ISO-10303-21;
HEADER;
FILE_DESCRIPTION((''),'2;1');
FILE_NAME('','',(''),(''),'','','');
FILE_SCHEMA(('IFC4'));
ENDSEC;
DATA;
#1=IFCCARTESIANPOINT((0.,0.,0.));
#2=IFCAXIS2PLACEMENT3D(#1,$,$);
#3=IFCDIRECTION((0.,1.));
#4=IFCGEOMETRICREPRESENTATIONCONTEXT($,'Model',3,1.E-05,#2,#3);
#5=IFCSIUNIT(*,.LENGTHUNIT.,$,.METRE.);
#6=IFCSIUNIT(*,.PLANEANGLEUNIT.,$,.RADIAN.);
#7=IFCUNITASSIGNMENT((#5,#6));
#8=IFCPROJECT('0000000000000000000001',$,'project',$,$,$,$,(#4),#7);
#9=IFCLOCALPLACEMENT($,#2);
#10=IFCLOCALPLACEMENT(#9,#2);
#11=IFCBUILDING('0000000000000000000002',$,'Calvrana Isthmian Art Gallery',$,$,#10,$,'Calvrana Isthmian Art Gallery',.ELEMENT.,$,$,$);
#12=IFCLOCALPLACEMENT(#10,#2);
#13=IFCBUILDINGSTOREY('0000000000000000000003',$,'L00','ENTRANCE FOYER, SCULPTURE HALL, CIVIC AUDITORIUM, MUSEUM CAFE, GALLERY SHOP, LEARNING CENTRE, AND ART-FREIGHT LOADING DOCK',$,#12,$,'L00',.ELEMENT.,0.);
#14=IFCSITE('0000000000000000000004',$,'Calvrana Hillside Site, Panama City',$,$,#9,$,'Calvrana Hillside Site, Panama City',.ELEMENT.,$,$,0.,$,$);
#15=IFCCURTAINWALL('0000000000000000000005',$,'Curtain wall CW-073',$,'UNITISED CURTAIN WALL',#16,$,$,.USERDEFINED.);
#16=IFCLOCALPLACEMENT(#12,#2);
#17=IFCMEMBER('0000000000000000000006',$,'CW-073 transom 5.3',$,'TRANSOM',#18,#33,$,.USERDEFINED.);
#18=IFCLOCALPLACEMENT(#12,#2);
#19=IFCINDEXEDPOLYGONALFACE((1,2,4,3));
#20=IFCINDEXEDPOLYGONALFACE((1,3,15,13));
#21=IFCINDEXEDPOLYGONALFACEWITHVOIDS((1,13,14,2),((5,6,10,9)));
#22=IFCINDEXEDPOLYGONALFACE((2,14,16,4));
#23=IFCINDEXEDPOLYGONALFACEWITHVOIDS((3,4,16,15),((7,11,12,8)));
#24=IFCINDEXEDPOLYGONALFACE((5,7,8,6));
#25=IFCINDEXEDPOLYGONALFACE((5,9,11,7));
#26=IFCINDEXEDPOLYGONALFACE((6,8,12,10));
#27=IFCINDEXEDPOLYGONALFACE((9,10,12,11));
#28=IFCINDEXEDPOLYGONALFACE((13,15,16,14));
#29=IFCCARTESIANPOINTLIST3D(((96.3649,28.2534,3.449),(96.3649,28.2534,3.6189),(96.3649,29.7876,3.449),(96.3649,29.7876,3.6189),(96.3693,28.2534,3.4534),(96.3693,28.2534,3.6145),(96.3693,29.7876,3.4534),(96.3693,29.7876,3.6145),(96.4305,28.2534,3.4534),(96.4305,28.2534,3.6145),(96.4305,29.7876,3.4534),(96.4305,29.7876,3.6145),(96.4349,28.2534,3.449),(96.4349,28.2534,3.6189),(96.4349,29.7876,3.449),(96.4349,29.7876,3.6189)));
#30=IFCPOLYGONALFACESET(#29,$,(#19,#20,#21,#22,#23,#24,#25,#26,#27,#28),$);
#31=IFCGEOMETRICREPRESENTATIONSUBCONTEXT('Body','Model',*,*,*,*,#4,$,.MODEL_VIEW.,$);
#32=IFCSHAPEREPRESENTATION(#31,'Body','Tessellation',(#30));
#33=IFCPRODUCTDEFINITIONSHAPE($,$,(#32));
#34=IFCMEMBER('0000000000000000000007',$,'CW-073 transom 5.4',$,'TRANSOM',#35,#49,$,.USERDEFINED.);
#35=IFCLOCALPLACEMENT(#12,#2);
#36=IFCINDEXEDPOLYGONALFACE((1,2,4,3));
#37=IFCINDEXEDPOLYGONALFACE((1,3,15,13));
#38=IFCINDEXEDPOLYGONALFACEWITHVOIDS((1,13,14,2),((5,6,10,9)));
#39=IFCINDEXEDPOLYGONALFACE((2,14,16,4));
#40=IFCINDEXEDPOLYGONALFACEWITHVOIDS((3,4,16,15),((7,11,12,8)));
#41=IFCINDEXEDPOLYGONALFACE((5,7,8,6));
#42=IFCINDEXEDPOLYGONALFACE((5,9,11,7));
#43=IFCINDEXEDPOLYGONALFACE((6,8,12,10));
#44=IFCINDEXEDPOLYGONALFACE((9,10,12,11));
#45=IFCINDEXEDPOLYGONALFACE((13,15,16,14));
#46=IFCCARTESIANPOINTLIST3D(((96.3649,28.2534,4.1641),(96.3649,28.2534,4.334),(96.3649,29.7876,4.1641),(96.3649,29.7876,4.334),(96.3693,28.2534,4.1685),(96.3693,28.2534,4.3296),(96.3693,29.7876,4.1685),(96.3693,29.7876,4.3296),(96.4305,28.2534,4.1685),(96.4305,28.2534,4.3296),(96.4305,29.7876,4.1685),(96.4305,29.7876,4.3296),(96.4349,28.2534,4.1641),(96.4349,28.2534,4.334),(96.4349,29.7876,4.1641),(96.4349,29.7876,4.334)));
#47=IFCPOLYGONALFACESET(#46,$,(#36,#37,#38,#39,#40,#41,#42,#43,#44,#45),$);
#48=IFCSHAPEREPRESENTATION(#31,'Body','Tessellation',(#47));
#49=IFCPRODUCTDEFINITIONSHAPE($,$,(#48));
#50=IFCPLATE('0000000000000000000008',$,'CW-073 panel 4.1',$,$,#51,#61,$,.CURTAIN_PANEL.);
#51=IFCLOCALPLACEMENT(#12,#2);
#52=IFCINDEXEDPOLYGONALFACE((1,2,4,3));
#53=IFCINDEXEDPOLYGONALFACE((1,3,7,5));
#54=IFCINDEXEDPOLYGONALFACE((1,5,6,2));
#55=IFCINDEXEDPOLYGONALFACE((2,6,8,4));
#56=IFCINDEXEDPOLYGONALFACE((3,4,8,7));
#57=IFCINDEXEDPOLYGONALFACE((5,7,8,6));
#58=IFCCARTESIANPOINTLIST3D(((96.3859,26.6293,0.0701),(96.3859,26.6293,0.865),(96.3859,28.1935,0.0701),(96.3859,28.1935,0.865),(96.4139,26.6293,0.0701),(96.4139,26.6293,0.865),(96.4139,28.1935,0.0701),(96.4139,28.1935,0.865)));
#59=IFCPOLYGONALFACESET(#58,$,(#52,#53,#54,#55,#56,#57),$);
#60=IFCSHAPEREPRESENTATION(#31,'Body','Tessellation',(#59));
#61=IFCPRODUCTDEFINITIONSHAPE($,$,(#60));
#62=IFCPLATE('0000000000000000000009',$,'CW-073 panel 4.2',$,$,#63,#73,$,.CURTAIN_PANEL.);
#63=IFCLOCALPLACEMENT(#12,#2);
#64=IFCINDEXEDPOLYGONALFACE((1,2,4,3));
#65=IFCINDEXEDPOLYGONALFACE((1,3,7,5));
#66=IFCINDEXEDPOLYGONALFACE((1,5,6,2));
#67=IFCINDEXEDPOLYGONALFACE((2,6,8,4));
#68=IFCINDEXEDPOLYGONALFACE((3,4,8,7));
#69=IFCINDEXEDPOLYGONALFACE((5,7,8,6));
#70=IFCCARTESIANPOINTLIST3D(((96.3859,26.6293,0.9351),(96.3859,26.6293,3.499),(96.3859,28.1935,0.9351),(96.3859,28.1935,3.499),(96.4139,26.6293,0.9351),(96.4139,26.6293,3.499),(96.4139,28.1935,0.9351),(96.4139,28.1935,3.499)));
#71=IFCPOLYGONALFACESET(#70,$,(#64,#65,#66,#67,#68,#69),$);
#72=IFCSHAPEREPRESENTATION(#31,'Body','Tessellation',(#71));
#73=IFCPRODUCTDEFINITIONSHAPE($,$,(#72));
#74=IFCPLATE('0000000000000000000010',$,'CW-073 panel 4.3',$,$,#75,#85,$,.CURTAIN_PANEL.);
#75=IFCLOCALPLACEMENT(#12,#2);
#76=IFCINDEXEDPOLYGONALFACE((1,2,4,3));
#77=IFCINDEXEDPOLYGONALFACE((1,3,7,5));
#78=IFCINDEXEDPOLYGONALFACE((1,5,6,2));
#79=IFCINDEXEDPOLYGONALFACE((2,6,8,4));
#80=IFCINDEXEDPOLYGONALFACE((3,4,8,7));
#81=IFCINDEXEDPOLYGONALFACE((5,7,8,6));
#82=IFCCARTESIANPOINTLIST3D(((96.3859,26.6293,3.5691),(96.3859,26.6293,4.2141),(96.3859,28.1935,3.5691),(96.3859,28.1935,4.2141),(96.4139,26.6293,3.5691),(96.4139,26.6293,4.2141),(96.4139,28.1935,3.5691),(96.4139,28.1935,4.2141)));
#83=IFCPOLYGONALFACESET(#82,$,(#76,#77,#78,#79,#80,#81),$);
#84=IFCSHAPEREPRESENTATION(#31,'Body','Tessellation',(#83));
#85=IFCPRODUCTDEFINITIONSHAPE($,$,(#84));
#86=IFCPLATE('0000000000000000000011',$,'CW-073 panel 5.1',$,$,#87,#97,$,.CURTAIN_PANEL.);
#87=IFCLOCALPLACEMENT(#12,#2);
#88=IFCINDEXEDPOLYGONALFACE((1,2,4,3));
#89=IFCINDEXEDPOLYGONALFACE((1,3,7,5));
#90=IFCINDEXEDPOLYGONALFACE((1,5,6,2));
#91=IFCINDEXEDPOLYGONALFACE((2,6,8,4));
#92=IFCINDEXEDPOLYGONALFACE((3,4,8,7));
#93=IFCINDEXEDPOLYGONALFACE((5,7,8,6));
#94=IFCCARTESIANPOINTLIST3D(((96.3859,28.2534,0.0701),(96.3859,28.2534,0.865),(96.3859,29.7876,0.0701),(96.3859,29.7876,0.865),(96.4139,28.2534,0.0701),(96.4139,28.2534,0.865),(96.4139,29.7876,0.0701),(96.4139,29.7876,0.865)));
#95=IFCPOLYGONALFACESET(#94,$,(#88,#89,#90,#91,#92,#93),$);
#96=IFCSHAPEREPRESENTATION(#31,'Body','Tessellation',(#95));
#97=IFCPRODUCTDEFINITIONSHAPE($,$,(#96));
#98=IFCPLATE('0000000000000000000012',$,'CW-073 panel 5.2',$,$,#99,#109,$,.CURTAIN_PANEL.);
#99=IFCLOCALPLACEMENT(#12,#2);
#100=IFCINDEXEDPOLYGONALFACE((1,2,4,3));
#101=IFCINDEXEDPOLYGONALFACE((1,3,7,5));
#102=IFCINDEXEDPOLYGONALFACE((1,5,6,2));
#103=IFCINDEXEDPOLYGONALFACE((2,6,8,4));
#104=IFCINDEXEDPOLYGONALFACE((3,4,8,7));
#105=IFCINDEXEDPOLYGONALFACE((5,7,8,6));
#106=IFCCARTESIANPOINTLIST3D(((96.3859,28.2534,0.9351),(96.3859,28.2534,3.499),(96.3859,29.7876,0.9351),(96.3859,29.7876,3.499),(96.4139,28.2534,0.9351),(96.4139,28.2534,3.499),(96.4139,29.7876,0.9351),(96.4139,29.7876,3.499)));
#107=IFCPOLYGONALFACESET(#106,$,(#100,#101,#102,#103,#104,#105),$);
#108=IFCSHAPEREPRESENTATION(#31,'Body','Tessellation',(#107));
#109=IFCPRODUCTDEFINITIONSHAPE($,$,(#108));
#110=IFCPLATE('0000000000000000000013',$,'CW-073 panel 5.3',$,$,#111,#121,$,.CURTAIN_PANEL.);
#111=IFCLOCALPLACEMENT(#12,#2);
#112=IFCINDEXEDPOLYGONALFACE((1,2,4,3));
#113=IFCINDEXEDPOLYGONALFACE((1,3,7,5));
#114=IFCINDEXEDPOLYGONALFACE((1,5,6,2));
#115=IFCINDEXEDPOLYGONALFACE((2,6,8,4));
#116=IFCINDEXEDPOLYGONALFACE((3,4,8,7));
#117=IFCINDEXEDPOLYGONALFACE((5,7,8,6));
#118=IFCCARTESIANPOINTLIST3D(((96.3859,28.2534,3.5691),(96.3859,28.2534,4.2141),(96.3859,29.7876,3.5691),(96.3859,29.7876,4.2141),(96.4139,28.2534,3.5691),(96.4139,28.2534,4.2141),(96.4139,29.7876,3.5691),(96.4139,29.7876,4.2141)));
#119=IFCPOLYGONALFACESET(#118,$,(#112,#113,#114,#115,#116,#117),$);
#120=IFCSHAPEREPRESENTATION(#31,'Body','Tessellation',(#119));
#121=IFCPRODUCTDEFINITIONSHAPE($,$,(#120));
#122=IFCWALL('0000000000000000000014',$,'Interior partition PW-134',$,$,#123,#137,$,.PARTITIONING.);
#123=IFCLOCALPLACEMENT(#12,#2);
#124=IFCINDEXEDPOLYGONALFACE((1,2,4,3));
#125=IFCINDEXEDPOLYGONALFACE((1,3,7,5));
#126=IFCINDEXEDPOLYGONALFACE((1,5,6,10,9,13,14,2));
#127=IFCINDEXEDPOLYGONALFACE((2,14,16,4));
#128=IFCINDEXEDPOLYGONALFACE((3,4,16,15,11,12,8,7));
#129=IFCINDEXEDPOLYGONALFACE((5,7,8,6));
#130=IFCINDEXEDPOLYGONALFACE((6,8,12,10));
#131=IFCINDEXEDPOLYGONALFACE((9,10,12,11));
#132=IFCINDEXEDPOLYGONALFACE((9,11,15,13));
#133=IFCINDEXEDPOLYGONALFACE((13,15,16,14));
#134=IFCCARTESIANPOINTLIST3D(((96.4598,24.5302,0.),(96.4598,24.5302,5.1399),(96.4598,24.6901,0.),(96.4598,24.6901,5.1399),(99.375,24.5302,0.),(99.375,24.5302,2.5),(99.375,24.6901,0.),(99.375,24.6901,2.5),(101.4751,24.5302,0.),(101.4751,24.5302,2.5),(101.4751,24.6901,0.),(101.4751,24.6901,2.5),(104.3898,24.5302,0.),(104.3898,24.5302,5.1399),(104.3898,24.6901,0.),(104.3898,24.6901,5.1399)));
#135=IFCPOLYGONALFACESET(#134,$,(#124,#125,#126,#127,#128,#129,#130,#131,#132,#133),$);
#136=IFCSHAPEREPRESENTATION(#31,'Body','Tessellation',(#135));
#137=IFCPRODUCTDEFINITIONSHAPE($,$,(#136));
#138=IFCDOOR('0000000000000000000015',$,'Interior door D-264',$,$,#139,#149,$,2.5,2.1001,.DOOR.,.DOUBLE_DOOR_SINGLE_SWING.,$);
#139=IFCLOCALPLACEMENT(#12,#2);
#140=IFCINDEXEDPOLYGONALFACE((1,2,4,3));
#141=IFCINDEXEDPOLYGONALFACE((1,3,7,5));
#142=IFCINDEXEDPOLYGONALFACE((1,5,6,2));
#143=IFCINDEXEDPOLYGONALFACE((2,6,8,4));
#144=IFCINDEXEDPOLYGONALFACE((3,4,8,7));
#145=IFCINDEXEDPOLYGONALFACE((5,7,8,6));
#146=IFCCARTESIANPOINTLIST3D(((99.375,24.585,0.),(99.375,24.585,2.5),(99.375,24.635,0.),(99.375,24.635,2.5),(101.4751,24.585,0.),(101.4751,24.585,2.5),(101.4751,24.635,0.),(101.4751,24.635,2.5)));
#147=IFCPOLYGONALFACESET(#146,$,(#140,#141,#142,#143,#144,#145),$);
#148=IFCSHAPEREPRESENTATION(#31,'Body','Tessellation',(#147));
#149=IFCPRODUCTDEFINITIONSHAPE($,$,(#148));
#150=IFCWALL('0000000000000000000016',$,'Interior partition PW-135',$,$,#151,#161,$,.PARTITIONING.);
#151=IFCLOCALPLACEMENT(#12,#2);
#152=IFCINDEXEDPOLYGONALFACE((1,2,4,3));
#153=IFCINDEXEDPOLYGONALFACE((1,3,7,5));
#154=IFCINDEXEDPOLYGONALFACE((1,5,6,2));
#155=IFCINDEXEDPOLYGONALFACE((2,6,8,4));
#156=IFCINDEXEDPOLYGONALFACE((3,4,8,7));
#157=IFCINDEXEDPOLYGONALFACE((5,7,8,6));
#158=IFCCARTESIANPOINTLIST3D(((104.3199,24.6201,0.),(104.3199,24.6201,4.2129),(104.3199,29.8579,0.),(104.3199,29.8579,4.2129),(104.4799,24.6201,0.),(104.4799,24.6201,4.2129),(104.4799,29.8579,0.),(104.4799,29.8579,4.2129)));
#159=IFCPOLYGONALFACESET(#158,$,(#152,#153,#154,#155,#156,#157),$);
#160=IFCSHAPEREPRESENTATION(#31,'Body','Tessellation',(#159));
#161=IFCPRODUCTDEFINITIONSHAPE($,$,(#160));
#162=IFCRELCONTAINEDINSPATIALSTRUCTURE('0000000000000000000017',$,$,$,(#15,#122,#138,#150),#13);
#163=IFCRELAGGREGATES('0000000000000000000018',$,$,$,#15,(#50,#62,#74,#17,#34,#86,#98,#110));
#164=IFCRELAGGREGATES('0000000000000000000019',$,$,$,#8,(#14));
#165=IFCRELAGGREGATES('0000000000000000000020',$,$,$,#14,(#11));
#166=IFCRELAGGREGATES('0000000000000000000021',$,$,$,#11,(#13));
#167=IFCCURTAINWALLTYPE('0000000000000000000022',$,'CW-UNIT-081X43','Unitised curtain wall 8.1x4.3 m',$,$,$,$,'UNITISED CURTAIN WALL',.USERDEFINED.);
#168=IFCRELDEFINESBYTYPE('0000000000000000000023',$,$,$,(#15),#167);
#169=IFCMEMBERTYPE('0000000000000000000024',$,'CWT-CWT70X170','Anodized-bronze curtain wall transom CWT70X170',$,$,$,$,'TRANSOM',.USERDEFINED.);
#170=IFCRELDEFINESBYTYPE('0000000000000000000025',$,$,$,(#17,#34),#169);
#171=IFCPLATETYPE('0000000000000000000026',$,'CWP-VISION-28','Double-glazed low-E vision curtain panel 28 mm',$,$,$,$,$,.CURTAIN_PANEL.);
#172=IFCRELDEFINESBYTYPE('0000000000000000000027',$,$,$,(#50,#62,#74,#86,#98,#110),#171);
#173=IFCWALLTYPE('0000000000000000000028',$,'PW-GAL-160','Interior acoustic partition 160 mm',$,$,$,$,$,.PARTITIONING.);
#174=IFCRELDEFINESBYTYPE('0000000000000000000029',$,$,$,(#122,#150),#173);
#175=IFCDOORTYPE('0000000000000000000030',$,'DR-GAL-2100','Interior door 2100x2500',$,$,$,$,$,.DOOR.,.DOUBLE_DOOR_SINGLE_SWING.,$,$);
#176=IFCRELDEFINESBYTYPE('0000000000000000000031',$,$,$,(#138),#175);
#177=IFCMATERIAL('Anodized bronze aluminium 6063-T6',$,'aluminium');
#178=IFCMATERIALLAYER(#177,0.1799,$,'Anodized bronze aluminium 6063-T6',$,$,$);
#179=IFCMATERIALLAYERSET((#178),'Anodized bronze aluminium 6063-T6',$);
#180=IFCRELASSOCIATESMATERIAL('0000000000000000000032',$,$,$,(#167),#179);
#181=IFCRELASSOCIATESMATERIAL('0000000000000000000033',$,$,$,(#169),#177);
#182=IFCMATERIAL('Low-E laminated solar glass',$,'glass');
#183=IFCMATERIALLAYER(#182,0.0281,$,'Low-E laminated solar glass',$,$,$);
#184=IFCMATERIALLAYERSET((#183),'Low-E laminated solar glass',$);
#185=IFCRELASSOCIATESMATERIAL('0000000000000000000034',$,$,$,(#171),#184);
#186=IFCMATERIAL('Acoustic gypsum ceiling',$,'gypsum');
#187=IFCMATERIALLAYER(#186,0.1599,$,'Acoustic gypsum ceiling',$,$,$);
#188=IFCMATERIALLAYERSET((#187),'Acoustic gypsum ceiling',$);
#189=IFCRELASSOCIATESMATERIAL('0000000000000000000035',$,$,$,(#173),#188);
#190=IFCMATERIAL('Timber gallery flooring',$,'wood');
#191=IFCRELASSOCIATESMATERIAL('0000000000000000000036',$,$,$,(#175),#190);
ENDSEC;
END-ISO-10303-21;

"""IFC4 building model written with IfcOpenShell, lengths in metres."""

from ifc_helpers import new_model, si_unit, direction, frame, frame_2d, origin, origin_2d, place, context, subcontext, project, spatial, rectangle, hollow_rectangle, extrude, material, layer, layer_set, material_profile, profile_set, type_object, element, fill, aggregate, save


model = new_model("IFC4")

# Units and contexts
model_context = context("Model", 3, precision=1e-05, world=origin(), true_north=direction((0.0, 1.0)))
body_context = subcontext(model_context, "Body", "Model", "MODEL_VIEW")
ifc_project = project(units=[si_unit("LENGTHUNIT", "METRE"), si_unit("PLANEANGLEUNIT", "RADIAN")], contexts=[model_context])

# Site, building, storey
site_placement = place(None, origin())
site = spatial("IfcSite", under=ifc_project, at=site_placement, Name="Calvrana Hillside Site, Panama City", LongName="Calvrana Hillside Site, Panama City", CompositionType="ELEMENT", RefElevation=0.0)
building_placement = place(site_placement, origin())
building = spatial("IfcBuilding", under=site, at=building_placement, Name="Calvrana Isthmian Art Gallery", LongName="Calvrana Isthmian Art Gallery", CompositionType="ELEMENT")
storey_placement = place(building_placement, origin())
storey = spatial("IfcBuildingStorey", under=building, at=storey_placement, Name="L00", Description="ENTRANCE FOYER, SCULPTURE HALL, CIVIC AUDITORIUM, MUSEUM CAFE, GALLERY SHOP, LEARNING CENTRE, AND ART-FREIGHT LOADING DOCK", LongName="L00", CompositionType="ELEMENT", Elevation=0.0)

# Curtain wall, members, plates
ifc_material_1 = material(Name="Anodized bronze aluminium 6063-T6", Category="aluminium")
ifc_layer_1 = layer(ifc_material_1, 0.1799, Name="Anodized bronze aluminium 6063-T6")
ifc_layer_set_1 = layer_set([ifc_layer_1], Name="Anodized bronze aluminium 6063-T6")
curtain_wall_type = type_object("IfcCurtainWallType", Name="CW-UNIT-081X43", Description="Unitised curtain wall 8.1x4.3 m", ElementType="UNITISED CURTAIN WALL", PredefinedType="USERDEFINED", material=ifc_layer_set_1)
curtain_wall_placement = place(storey_placement, origin())
curtain_wall = element("IfcCurtainWall", 1, at=curtain_wall_placement, inside=storey, type_object=curtain_wall_type, Name="Curtain wall CW-073", ObjectType="UNITISED CURTAIN WALL", PredefinedType="USERDEFINED")
ifc_material_profile_1 = material_profile(ifc_material_1, hollow_rectangle(XDim=0.0701, YDim=0.1699, WallThickness=0.0044, at=origin_2d()), Name="CWT70X170")
ifc_profile_set_1 = profile_set([ifc_material_profile_1], Name="Anodized bronze aluminium 6063-T6")
member_type_1 = type_object("IfcMemberType", Name="CWT-CWT70X170", Description="Anodized-bronze curtain wall transom CWT70X170", ElementType="TRANSOM", PredefinedType="USERDEFINED", material=ifc_profile_set_1)
member_1_placement = place(storey_placement, frame((96.3999, 28.2534, 3.5339), z_axis=(0.0, 1.0, 0.0), x_axis=(-1.0, 0.0, 0.0)))
member_1 = element("IfcMember", 2, at=member_1_placement, type_object=member_type_1, Name="CW-073 transom 5.3", ObjectType="TRANSOM", PredefinedType="USERDEFINED", context=body_context, shape_type="SweptSolid", body=[
    extrude(hollow_rectangle(XDim=0.0701, YDim=0.1699, WallThickness=0.0044, at=origin_2d()), origin(), (0.0, 0.0, 1.0), 1.5342),
])
member_2_placement = place(storey_placement, frame((96.3999, 28.2534, 4.249), z_axis=(0.0, 1.0, 0.0), x_axis=(-1.0, 0.0, 0.0)))
member_2 = element("IfcMember", 3, at=member_2_placement, type_object=member_type_1, Name="CW-073 transom 5.4", ObjectType="TRANSOM", PredefinedType="USERDEFINED", context=body_context, shape_type="SweptSolid", body=[
    extrude(hollow_rectangle(XDim=0.0701, YDim=0.1699, WallThickness=0.0044, at=origin_2d()), origin(), (0.0, 0.0, 1.0), 1.5342),
])
ifc_material_2 = material(Name="Low-E laminated solar glass", Category="glass")
ifc_layer_2 = layer(ifc_material_2, 0.0281, Name="Low-E laminated solar glass")
ifc_layer_set_2 = layer_set([ifc_layer_2], Name="Low-E laminated solar glass")
plate_type = type_object("IfcPlateType", Name="CWP-VISION-28", Description="Double-glazed low-E vision curtain panel 28 mm", PredefinedType="CURTAIN_PANEL", material=ifc_layer_set_2)
plate_1_placement = place(storey_placement, frame((96.3999, 27.4114, 0.0701), z_axis=(0.0, 0.0, 1.0), x_axis=(0.0, 1.0, 0.0)))
plate_1 = element("IfcPlate", 4, at=plate_1_placement, type_object=plate_type, Name="CW-073 panel 4.1", PredefinedType="CURTAIN_PANEL", context=body_context, shape_type="SweptSolid", body=[
    extrude(rectangle(XDim=1.5642, YDim=0.0281, at=origin_2d()), origin(), (0.0, 0.0, 1.0), 0.7949),
])
plate_2_placement = place(storey_placement, frame((96.3999, 27.4114, 0.9351), z_axis=(0.0, 0.0, 1.0), x_axis=(0.0, 1.0, 0.0)))
plate_2 = element("IfcPlate", 5, at=plate_2_placement, type_object=plate_type, Name="CW-073 panel 4.2", PredefinedType="CURTAIN_PANEL", context=body_context, shape_type="SweptSolid", body=[
    extrude(rectangle(XDim=1.5642, YDim=0.0281, at=origin_2d()), origin(), (0.0, 0.0, 1.0), 2.564),
])
plate_3_placement = place(storey_placement, frame((96.3999, 27.4114, 3.5691), z_axis=(0.0, 0.0, 1.0), x_axis=(0.0, 1.0, 0.0)))
plate_3 = element("IfcPlate", 6, at=plate_3_placement, type_object=plate_type, Name="CW-073 panel 4.3", PredefinedType="CURTAIN_PANEL", context=body_context, shape_type="SweptSolid", body=[
    extrude(rectangle(XDim=1.5642, YDim=0.0281, at=origin_2d()), origin(), (0.0, 0.0, 1.0), 0.645),
])
plate_4_placement = place(storey_placement, frame((96.3999, 29.0205, 0.0701), z_axis=(0.0, 0.0, 1.0), x_axis=(0.0, 1.0, 0.0)))
plate_4 = element("IfcPlate", 7, at=plate_4_placement, type_object=plate_type, Name="CW-073 panel 5.1", PredefinedType="CURTAIN_PANEL", context=body_context, shape_type="SweptSolid", body=[
    extrude(rectangle(XDim=1.5342, YDim=0.0281, at=origin_2d()), origin(), (0.0, 0.0, 1.0), 0.7949),
])
plate_5_placement = place(storey_placement, frame((96.3999, 29.0205, 0.9351), z_axis=(0.0, 0.0, 1.0), x_axis=(0.0, 1.0, 0.0)))
plate_5 = element("IfcPlate", 8, at=plate_5_placement, type_object=plate_type, Name="CW-073 panel 5.2", PredefinedType="CURTAIN_PANEL", context=body_context, shape_type="SweptSolid", body=[
    extrude(rectangle(XDim=1.5342, YDim=0.0281, at=origin_2d()), origin(), (0.0, 0.0, 1.0), 2.564),
])
plate_6_placement = place(storey_placement, frame((96.3999, 29.0205, 3.5691), z_axis=(0.0, 0.0, 1.0), x_axis=(0.0, 1.0, 0.0)))
plate_6 = element("IfcPlate", 9, at=plate_6_placement, type_object=plate_type, Name="CW-073 panel 5.3", PredefinedType="CURTAIN_PANEL", context=body_context, shape_type="SweptSolid", body=[
    extrude(rectangle(XDim=1.5342, YDim=0.0281, at=origin_2d()), origin(), (0.0, 0.0, 1.0), 0.645),
])
aggregate(curtain_wall, [plate_1, plate_2, plate_3, member_1, member_2, plate_4, plate_5, plate_6])

# Wall, opening, door
ifc_material_3 = material(Name="Acoustic gypsum ceiling", Category="gypsum")
ifc_layer_3 = layer(ifc_material_3, 0.1599, Name="Acoustic gypsum ceiling")
ifc_layer_set_3 = layer_set([ifc_layer_3], Name="Acoustic gypsum ceiling")
wall_type = type_object("IfcWallType", Name="PW-GAL-160", Description="Interior acoustic partition 160 mm", PredefinedType="PARTITIONING", material=ifc_layer_set_3)
wall_1_placement = place(storey_placement, frame((96.46, 24.6101, 0.0), z_axis=(0.0, 0.0, 1.0), x_axis=(1.0, 0.0, 0.0)))
wall_1 = element("IfcWall", 10, at=wall_1_placement, inside=storey, type_object=wall_type, Name="Interior partition PW-134", PredefinedType="PARTITIONING", context=body_context, shape_type="SweptSolid", body=[
    extrude(rectangle(XDim=7.9299, YDim=0.1599, at=frame_2d((3.9648, 0.0))), origin(), (0.0, 0.0, 1.0), 5.1399),
])
opening_1_placement = place(wall_1_placement, frame((2.915, 0.0, 0.0)))
opening_1 = element("IfcOpeningElement", 11, at=opening_1_placement, cuts=wall_1, PredefinedType="OPENING", context=body_context, shape_type="SweptSolid", body=[
    extrude(rectangle(XDim=2.1001, YDim=2.5, at=frame_2d((1.05, 1.25))), frame((0.0, 0.0903, 0.0), z_axis=(0.0, -1.0, 0.0), x_axis=(1.0, 0.0, 0.0)), (0.0, 0.0, 1.0), 0.1804),
])
ifc_material_4 = material(Name="Timber gallery flooring", Category="wood")
door_type_1 = type_object("IfcDoorType", Name="DR-GAL-2100", Description="Interior door 2100x2500", OperationType="DOUBLE_DOOR_SINGLE_SWING", PredefinedType="DOOR", material=ifc_material_4)
door_1_placement = place(opening_1_placement, origin())
door_1 = element("IfcDoor", 12, at=door_1_placement, inside=storey, type_object=door_type_1, Name="Interior door D-264", OperationType="DOUBLE_DOOR_SINGLE_SWING", OverallHeight=2.5, OverallWidth=2.1001, PredefinedType="DOOR", context=body_context, shape_type="SweptSolid", body=[
    extrude(rectangle(XDim=2.1001, YDim=2.5, at=frame_2d((1.05, 1.25))), frame((0.0, 0.0249, 0.0), z_axis=(0.0, -1.0, 0.0), x_axis=(1.0, 0.0, 0.0)), (0.0, 0.0, 1.0), 0.05),
])
fill(opening_1, door_1)

# Wall
wall_2_placement = place(storey_placement, frame((104.3999, 24.6201, 0.0), z_axis=(0.0, 0.0, 1.0), x_axis=(0.0, 1.0, 0.0)))
element("IfcWall", 13, at=wall_2_placement, inside=storey, type_object=wall_type, Name="Interior partition PW-135", PredefinedType="PARTITIONING", context=body_context, shape_type="SweptSolid", body=[
    extrude(rectangle(XDim=5.2378, YDim=0.1599, at=frame_2d((2.6189, 0.0))), origin(), (0.0, 0.0, 1.0), 4.2129),
])

save(model, "model.ifc")
